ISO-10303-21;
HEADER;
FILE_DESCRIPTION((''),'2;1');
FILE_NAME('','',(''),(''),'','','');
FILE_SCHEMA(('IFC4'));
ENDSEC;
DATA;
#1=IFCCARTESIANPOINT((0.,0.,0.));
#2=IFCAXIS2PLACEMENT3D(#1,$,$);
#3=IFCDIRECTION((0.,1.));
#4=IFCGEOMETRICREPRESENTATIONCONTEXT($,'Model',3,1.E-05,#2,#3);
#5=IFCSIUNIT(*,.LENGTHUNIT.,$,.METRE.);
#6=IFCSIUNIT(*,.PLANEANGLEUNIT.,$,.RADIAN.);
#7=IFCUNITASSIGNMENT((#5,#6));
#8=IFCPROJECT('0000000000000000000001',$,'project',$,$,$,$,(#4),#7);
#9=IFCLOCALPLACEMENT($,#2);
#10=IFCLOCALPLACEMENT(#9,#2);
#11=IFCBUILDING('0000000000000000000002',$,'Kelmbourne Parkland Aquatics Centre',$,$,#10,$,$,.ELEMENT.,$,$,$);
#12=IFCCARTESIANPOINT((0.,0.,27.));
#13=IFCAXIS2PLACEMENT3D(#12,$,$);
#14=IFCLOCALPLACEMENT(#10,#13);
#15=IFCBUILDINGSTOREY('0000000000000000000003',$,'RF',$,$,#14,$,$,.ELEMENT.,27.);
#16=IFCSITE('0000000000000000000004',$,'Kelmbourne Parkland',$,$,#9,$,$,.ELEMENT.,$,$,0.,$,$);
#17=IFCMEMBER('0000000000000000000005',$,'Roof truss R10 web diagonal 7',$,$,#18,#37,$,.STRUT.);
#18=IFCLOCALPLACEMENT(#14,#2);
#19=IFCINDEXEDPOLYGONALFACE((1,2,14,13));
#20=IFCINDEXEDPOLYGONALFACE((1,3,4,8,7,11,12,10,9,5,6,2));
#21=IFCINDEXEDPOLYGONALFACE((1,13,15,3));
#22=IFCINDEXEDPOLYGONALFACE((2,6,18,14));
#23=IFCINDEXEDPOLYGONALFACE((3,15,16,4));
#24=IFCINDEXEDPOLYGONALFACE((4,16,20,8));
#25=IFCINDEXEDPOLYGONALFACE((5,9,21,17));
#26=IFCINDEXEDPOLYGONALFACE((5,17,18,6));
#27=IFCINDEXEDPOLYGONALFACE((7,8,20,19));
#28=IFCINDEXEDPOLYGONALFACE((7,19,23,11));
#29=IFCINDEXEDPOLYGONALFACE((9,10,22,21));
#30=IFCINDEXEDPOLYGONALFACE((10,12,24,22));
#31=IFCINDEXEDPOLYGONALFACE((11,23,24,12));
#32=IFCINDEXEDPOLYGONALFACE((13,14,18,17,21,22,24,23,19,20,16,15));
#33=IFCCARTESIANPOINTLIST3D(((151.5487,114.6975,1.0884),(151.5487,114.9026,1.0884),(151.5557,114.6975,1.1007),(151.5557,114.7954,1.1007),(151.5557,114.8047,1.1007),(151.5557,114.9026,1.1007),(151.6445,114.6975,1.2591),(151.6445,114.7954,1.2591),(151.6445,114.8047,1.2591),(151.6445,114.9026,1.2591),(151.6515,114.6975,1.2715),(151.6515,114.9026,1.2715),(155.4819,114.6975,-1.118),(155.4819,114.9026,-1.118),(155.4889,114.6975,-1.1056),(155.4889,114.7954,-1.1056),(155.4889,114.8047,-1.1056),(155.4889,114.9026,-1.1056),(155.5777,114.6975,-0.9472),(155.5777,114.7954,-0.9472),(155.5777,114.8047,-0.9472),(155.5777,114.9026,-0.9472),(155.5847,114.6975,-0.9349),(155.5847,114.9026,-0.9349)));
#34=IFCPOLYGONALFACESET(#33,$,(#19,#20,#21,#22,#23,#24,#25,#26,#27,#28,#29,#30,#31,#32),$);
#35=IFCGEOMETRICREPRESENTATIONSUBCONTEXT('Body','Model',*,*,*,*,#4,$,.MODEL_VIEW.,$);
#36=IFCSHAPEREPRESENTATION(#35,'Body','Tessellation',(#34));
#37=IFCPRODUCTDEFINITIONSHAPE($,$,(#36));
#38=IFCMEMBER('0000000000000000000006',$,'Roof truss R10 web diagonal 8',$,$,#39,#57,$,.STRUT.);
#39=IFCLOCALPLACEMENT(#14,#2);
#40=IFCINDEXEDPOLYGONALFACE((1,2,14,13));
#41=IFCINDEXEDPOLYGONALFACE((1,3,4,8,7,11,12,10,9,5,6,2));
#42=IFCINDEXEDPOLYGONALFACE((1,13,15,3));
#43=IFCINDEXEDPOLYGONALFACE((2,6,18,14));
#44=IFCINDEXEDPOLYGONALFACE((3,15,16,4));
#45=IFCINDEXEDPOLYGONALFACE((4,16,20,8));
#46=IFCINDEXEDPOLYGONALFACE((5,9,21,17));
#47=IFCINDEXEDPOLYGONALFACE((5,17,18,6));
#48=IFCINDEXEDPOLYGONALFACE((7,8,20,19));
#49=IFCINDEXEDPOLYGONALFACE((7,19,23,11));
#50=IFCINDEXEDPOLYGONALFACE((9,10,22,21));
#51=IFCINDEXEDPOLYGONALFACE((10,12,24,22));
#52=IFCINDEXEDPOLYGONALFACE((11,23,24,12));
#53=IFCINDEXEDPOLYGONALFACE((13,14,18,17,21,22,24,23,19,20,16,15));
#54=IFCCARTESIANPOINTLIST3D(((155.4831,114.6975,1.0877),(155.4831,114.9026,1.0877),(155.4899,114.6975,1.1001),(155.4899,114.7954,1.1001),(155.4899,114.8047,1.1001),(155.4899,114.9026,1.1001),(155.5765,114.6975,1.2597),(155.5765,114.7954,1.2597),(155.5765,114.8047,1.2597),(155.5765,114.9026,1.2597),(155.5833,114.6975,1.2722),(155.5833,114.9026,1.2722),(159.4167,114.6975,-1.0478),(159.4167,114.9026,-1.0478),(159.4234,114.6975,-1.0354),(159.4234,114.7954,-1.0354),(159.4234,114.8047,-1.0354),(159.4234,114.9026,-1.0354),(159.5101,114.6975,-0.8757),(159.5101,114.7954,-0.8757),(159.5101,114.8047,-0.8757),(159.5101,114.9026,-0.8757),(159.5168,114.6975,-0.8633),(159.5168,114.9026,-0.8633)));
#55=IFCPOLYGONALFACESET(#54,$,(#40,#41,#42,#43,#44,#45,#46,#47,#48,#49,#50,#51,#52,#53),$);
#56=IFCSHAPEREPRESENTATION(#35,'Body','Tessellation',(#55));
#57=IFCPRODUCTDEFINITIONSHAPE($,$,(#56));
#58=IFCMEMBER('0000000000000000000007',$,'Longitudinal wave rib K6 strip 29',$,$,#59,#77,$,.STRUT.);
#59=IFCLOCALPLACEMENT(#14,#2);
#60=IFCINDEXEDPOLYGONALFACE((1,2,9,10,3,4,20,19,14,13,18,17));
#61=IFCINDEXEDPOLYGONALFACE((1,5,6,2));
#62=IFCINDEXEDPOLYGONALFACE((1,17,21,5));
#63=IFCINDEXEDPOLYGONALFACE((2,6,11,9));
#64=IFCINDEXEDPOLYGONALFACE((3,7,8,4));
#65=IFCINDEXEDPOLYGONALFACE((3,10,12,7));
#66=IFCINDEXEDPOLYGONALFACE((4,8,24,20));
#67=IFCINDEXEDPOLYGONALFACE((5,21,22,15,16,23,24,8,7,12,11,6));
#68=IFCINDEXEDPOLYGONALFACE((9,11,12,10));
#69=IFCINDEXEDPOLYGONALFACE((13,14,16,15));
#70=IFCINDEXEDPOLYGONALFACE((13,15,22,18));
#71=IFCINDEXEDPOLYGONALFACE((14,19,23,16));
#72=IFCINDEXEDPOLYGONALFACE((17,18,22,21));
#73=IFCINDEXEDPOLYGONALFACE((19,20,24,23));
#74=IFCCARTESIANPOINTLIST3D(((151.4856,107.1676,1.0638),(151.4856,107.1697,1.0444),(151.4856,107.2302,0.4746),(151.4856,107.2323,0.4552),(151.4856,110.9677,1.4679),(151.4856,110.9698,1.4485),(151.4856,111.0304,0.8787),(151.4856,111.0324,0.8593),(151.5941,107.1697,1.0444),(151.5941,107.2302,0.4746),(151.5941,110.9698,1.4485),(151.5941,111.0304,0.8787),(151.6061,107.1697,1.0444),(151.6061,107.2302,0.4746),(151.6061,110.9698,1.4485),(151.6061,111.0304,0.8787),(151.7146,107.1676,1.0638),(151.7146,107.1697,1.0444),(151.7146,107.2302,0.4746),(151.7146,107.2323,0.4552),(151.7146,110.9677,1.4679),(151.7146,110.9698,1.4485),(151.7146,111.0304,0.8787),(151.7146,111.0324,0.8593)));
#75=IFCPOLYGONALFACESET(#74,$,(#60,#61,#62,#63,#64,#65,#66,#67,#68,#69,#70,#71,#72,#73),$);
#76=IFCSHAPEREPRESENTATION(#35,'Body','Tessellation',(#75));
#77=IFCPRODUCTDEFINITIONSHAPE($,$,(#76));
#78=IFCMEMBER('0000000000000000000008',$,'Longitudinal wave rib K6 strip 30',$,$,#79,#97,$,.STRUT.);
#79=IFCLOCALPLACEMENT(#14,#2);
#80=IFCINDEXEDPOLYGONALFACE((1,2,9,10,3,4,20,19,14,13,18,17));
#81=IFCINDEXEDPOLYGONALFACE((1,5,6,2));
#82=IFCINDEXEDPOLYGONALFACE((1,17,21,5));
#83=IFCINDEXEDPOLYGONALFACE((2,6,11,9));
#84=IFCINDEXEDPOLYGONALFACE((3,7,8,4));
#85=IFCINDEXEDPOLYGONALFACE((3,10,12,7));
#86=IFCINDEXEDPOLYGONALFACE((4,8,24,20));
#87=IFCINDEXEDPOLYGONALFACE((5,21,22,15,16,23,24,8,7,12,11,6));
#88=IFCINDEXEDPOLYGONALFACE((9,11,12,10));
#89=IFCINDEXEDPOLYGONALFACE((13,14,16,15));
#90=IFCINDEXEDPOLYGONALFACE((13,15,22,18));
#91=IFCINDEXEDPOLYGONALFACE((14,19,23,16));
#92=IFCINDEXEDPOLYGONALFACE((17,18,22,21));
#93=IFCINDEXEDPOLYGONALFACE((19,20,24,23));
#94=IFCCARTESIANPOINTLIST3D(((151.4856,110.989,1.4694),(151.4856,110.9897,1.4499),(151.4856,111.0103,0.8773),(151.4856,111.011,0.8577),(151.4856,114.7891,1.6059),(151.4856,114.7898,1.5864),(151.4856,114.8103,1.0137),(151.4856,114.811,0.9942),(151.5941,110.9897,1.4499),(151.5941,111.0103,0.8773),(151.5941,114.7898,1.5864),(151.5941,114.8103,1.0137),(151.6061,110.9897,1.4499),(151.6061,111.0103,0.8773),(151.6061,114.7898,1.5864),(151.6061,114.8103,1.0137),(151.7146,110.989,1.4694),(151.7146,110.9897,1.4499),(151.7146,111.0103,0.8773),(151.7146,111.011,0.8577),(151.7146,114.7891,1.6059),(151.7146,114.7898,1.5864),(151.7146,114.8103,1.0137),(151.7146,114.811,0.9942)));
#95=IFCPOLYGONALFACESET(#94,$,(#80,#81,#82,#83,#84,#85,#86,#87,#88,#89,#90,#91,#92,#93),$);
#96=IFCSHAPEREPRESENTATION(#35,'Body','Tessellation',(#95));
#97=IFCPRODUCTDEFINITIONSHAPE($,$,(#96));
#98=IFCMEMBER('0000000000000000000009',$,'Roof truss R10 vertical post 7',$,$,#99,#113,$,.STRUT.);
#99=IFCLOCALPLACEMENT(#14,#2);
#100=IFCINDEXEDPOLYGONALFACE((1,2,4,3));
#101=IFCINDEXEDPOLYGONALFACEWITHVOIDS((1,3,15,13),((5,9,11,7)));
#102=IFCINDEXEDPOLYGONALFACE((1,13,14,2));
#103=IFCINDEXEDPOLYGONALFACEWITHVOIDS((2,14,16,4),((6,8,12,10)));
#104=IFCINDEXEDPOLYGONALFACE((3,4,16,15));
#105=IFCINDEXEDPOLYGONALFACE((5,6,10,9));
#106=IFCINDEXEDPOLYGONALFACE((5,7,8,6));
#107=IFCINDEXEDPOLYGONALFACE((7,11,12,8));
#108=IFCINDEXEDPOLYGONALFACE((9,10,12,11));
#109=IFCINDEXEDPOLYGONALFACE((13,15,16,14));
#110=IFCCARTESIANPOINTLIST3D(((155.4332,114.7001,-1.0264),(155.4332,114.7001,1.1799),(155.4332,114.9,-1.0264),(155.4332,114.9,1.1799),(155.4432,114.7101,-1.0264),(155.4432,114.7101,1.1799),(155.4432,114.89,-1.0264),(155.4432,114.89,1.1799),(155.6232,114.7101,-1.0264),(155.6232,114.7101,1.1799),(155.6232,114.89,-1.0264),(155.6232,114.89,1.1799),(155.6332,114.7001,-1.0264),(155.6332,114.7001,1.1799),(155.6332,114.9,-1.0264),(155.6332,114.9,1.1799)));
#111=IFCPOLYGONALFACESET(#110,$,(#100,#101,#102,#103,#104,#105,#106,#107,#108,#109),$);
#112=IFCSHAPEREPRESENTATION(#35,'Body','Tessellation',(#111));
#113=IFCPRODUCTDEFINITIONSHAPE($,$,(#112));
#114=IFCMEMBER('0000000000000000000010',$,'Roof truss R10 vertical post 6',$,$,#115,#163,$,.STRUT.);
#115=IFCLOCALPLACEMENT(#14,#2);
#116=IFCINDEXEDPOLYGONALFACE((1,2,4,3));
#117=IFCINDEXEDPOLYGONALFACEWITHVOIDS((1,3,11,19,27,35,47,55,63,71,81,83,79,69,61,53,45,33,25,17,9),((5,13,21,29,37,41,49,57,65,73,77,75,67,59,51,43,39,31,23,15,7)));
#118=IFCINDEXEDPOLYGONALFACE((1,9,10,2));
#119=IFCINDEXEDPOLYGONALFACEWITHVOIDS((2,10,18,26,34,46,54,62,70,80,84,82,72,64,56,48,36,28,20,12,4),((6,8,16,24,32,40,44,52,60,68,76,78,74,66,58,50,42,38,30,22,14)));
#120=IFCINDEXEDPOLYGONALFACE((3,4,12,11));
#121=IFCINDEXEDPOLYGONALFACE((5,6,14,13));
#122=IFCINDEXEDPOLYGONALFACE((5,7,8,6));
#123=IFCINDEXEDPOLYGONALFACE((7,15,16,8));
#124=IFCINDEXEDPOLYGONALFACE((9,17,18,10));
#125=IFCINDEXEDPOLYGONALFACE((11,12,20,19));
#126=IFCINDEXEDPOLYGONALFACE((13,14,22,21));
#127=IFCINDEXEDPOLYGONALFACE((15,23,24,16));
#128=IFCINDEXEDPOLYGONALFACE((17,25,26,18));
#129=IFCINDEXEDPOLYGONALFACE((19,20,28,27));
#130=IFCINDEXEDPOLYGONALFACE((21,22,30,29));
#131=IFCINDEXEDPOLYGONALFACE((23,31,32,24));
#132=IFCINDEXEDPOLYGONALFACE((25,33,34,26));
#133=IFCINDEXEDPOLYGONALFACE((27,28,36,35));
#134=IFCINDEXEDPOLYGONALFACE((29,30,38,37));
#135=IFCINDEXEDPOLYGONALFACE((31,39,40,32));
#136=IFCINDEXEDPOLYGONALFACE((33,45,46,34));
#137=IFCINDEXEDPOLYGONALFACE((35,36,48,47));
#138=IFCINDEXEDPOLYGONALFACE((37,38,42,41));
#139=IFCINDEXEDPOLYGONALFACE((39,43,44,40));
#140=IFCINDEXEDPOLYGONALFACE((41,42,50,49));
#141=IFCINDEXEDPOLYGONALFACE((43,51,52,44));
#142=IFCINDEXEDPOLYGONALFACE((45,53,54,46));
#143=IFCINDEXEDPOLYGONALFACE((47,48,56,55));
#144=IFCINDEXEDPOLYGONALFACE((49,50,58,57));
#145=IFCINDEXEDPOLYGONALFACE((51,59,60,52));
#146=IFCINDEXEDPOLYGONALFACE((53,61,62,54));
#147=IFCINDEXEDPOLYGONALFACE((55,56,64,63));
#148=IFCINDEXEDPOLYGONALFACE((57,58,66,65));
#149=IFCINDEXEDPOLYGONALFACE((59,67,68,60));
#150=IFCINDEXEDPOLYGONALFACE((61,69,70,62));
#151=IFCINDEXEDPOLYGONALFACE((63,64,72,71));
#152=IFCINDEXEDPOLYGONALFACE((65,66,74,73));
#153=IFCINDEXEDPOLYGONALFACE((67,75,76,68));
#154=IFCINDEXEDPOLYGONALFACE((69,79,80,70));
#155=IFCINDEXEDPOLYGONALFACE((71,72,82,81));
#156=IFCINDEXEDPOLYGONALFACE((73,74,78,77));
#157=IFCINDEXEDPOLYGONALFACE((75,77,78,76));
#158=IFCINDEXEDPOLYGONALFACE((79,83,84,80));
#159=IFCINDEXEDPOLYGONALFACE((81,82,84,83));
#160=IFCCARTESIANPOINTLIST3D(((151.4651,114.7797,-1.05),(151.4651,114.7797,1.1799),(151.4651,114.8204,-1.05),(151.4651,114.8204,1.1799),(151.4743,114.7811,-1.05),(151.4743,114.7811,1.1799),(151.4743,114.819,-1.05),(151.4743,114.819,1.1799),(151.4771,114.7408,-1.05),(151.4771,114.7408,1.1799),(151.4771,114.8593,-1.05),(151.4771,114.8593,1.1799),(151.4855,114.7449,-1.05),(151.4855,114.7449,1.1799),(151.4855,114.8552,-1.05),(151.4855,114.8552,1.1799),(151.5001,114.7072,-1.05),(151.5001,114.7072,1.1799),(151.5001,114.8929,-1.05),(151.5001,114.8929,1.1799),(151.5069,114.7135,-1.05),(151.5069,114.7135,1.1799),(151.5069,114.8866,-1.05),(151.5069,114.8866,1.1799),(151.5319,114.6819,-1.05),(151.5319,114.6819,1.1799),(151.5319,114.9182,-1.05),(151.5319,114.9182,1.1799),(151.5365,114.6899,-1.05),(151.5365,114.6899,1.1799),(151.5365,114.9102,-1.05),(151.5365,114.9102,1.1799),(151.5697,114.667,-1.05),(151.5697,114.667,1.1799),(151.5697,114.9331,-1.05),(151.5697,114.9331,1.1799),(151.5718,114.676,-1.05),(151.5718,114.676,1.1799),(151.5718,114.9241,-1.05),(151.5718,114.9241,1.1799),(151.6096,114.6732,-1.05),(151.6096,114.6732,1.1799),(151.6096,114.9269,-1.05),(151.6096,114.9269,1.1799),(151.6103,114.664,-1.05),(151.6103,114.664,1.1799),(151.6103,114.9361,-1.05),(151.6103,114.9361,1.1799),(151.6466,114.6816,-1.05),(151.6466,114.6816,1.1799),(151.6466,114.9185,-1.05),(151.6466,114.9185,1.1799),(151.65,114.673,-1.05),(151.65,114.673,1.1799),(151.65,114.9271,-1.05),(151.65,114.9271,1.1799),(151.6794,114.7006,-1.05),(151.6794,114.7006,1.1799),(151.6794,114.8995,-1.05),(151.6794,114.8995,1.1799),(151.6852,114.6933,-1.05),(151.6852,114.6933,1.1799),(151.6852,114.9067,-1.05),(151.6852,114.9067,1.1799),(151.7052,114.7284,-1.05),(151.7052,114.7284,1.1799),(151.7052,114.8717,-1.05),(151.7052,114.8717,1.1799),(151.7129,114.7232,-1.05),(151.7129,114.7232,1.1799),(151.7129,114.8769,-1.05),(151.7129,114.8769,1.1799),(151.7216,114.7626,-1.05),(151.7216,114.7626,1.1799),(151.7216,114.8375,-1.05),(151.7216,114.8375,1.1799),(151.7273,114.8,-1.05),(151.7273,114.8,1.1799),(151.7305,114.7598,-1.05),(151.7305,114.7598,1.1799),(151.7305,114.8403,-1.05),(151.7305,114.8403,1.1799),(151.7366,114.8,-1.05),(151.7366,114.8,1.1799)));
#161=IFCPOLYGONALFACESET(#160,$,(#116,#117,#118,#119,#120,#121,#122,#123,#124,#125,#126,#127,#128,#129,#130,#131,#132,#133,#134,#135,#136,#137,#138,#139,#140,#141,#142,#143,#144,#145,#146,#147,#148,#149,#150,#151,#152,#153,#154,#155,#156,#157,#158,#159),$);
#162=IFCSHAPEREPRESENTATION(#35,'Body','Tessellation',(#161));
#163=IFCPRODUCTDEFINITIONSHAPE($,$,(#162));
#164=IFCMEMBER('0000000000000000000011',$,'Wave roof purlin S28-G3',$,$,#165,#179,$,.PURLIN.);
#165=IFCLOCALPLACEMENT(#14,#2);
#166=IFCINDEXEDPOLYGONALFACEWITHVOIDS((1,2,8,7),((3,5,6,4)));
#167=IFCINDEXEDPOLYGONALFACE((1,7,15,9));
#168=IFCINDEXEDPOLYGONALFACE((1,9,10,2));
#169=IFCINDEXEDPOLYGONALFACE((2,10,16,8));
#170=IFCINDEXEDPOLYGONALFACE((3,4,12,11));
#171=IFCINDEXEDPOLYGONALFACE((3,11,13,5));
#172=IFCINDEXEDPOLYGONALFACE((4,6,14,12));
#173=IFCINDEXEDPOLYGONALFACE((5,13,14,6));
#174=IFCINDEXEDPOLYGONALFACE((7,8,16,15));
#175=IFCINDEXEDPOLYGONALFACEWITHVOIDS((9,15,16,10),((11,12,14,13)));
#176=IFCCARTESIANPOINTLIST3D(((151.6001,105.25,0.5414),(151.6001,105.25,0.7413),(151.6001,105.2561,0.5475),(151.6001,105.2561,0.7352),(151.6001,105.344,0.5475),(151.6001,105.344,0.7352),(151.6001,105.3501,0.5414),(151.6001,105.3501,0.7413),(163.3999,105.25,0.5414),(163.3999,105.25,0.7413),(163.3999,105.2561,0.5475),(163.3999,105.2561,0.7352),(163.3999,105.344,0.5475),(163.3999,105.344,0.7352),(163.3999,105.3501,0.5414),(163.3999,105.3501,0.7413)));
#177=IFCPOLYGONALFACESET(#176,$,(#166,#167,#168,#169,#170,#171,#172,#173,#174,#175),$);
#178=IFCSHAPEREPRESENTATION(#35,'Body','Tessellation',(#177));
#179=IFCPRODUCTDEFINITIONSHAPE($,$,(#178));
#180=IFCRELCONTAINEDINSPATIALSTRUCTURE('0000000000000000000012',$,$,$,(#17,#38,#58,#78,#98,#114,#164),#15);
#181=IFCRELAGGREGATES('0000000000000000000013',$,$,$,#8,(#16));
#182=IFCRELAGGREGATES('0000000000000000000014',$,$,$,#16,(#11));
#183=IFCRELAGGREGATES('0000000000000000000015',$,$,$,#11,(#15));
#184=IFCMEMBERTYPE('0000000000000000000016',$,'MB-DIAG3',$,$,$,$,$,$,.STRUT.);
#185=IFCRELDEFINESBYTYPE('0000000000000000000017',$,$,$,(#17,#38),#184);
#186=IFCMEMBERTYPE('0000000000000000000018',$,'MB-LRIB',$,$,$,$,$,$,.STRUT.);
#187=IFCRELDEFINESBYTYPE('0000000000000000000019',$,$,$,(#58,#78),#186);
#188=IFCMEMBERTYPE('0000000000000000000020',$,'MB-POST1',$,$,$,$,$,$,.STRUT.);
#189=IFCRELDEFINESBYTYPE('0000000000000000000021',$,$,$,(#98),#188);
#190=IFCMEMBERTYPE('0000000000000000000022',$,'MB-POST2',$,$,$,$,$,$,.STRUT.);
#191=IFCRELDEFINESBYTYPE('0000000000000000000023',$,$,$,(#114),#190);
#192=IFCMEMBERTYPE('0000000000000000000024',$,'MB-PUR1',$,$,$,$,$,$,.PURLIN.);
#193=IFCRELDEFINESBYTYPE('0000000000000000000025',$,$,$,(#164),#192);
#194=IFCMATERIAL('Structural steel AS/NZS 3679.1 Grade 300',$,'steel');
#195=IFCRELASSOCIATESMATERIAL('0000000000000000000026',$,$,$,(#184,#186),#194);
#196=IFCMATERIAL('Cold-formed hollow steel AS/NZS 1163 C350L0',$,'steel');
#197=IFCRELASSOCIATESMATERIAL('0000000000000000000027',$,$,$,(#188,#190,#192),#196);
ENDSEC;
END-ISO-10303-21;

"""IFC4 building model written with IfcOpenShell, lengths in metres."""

from ifc_helpers import new_model, si_unit, direction, frame, origin, origin_2d, place, context, subcontext, project, spatial, hollow_rectangle, hollow_circle, i_section, extrude, material, material_profile, profile_set, type_object, element, save


model = new_model("IFC4")

# Units and contexts
model_context = context("Model", 3, precision=1e-05, world=origin(), true_north=direction((0.0, 1.0)))
body_context = subcontext(model_context, "Body", "Model", "MODEL_VIEW")
ifc_project = project(units=[si_unit("LENGTHUNIT", "METRE"), si_unit("PLANEANGLEUNIT", "RADIAN")], contexts=[model_context])

# Site, building, storey
site_placement = place(None, origin())
site = spatial("IfcSite", under=ifc_project, at=site_placement, Name="Kelmbourne Parkland", CompositionType="ELEMENT", RefElevation=0.0)
building_placement = place(site_placement, origin())
building = spatial("IfcBuilding", under=site, at=building_placement, Name="Kelmbourne Parkland Aquatics Centre", CompositionType="ELEMENT")
storey_placement = place(building_placement, frame((0.0, 0.0, 27.0)))
storey = spatial("IfcBuildingStorey", under=building, at=storey_placement, Name="RF", CompositionType="ELEMENT", Elevation=27.0)

# Members
ifc_material_1 = material(Name="Structural steel AS/NZS 3679.1 Grade 300", Category="steel")
ifc_material_profile_1 = material_profile(ifc_material_1, i_section(OverallWidth=0.2051, OverallDepth=0.21, WebThickness=0.0093, FlangeThickness=0.0142, at=origin_2d()), Name="200UC59.5")
ifc_profile_set_1 = profile_set([ifc_material_profile_1], Name="Structural steel AS/NZS 3679.1 Grade 300")
member_type_1 = type_object("IfcMemberType", Name="MB-DIAG3", PredefinedType="STRUT", material=ifc_profile_set_1)
member_1_placement = place(storey_placement, frame((151.6001, 114.8, 1.1799), z_axis=(0.87215, 0.0, -0.489238), x_axis=(0.0, 1.0, 0.0)))
element("IfcMember", 1, at=member_1_placement, inside=storey, type_object=member_type_1, Name="Roof truss R10 web diagonal 7", PredefinedType="STRUT", context=body_context, shape_type="SweptSolid", body=[
    extrude(i_section(OverallWidth=0.2051, OverallDepth=0.21, WebThickness=0.0093, FlangeThickness=0.0142, at=origin_2d()), origin(), (0.0, 0.0, 1.0), 4.5098),
])
member_2_placement = place(storey_placement, frame((155.5332, 114.8, 1.1799), z_axis=(0.878842, 0.0, -0.477112), x_axis=(0.0, 1.0, 0.0)))
element("IfcMember", 2, at=member_2_placement, inside=storey, type_object=member_type_1, Name="Roof truss R10 web diagonal 8", PredefinedType="STRUT", context=body_context, shape_type="SweptSolid", body=[
    extrude(i_section(OverallWidth=0.2051, OverallDepth=0.21, WebThickness=0.0093, FlangeThickness=0.0142, at=origin_2d()), origin(), (0.0, 0.0, 1.0), 4.4758),
])
ifc_material_profile_2 = material_profile(ifc_material_1, i_section(OverallWidth=0.229, OverallDepth=0.6121, WebThickness=0.012, FlangeThickness=0.0195, at=origin_2d()), Name="610UB125")
ifc_profile_set_2 = profile_set([ifc_material_profile_2], Name="Structural steel AS/NZS 3679.1 Grade 300")
member_type_2 = type_object("IfcMemberType", Name="MB-LRIB", PredefinedType="STRUT", material=ifc_profile_set_2)
member_3_placement = place(storey_placement, frame((151.6001, 107.2, 0.7595), z_axis=(0.0, 0.994395, 0.105732), x_axis=(-1.0, 0.0, 0.0)))
element("IfcMember", 3, at=member_3_placement, inside=storey, type_object=member_type_2, Name="Longitudinal wave rib K6 strip 29", PredefinedType="STRUT", context=body_context, shape_type="SweptSolid", body=[
    extrude(i_section(OverallWidth=0.229, OverallDepth=0.6121, WebThickness=0.012, FlangeThickness=0.0195, at=origin_2d()), origin(), (0.0, 0.0, 1.0), 3.8215),
])
member_4_placement = place(storey_placement, frame((151.6001, 111.0, 1.1636), z_axis=(0.0, 0.999356, 0.035891), x_axis=(-1.0, 0.0, 0.0)))
element("IfcMember", 4, at=member_4_placement, inside=storey, type_object=member_type_2, Name="Longitudinal wave rib K6 strip 30", PredefinedType="STRUT", context=body_context, shape_type="SweptSolid", body=[
    extrude(i_section(OverallWidth=0.229, OverallDepth=0.6121, WebThickness=0.012, FlangeThickness=0.0195, at=origin_2d()), origin(), (0.0, 0.0, 1.0), 3.8025),
])
ifc_material_2 = material(Name="Cold-formed hollow steel AS/NZS 1163 C350L0", Category="steel")
ifc_material_profile_3 = material_profile(ifc_material_2, hollow_rectangle(XDim=0.2, YDim=0.2, WallThickness=0.01, at=origin_2d()), Name="SHS 200x200x10.0")
ifc_profile_set_3 = profile_set([ifc_material_profile_3], Name="Cold-formed hollow steel AS/NZS 1163 C350L0")
member_type_3 = type_object("IfcMemberType", Name="MB-POST1", PredefinedType="STRUT", material=ifc_profile_set_3)
member_5_placement = place(storey_placement, frame((155.5332, 114.8, -1.0264), z_axis=(0.0, 0.0, 1.0), x_axis=(1.0, 0.0, 0.0)))
element("IfcMember", 5, at=member_5_placement, inside=storey, type_object=member_type_3, Name="Roof truss R10 vertical post 7", PredefinedType="STRUT", context=body_context, shape_type="SweptSolid", body=[
    extrude(hollow_rectangle(XDim=0.2, YDim=0.2, WallThickness=0.01, at=origin_2d()), origin(), (0.0, 0.0, 1.0), 2.2063),
])
ifc_material_profile_4 = material_profile(ifc_material_2, hollow_circle(Radius=0.1365, WallThickness=0.0093, at=origin_2d()), Name="CHS 273.1x9.3")
ifc_profile_set_4 = profile_set([ifc_material_profile_4], Name="Cold-formed hollow steel AS/NZS 1163 C350L0")
member_type_4 = type_object("IfcMemberType", Name="MB-POST2", PredefinedType="STRUT", material=ifc_profile_set_4)
member_6_placement = place(storey_placement, frame((151.6001, 114.8, -1.05), z_axis=(0.0, 0.0, 1.0), x_axis=(1.0, 0.0, 0.0)))
element("IfcMember", 6, at=member_6_placement, inside=storey, type_object=member_type_4, Name="Roof truss R10 vertical post 6", PredefinedType="STRUT", context=body_context, shape_type="SweptSolid", body=[
    extrude(hollow_circle(Radius=0.1365, WallThickness=0.0093, at=origin_2d()), origin(), (0.0, 0.0, 1.0), 2.23),
])
ifc_material_profile_5 = material_profile(ifc_material_2, hollow_rectangle(XDim=0.1001, YDim=0.2, WallThickness=0.0061, at=origin_2d()), Name="RHS 200x100x6.0")
ifc_profile_set_5 = profile_set([ifc_material_profile_5], Name="Cold-formed hollow steel AS/NZS 1163 C350L0")
member_type_5 = type_object("IfcMemberType", Name="MB-PUR1", PredefinedType="PURLIN", material=ifc_profile_set_5)
member_7_placement = place(storey_placement, frame((151.6001, 105.3, 0.6414), z_axis=(1.0, 0.0, 0.0), x_axis=(0.0, 1.0, 0.0)))
element("IfcMember", 7, at=member_7_placement, inside=storey, type_object=member_type_5, Name="Wave roof purlin S28-G3", PredefinedType="PURLIN", context=body_context, shape_type="SweptSolid", body=[
    extrude(hollow_rectangle(XDim=0.1001, YDim=0.2, WallThickness=0.0061, at=origin_2d()), origin(), (0.0, 0.0, 1.0), 11.7998),
])

save(model, "model.ifc")
